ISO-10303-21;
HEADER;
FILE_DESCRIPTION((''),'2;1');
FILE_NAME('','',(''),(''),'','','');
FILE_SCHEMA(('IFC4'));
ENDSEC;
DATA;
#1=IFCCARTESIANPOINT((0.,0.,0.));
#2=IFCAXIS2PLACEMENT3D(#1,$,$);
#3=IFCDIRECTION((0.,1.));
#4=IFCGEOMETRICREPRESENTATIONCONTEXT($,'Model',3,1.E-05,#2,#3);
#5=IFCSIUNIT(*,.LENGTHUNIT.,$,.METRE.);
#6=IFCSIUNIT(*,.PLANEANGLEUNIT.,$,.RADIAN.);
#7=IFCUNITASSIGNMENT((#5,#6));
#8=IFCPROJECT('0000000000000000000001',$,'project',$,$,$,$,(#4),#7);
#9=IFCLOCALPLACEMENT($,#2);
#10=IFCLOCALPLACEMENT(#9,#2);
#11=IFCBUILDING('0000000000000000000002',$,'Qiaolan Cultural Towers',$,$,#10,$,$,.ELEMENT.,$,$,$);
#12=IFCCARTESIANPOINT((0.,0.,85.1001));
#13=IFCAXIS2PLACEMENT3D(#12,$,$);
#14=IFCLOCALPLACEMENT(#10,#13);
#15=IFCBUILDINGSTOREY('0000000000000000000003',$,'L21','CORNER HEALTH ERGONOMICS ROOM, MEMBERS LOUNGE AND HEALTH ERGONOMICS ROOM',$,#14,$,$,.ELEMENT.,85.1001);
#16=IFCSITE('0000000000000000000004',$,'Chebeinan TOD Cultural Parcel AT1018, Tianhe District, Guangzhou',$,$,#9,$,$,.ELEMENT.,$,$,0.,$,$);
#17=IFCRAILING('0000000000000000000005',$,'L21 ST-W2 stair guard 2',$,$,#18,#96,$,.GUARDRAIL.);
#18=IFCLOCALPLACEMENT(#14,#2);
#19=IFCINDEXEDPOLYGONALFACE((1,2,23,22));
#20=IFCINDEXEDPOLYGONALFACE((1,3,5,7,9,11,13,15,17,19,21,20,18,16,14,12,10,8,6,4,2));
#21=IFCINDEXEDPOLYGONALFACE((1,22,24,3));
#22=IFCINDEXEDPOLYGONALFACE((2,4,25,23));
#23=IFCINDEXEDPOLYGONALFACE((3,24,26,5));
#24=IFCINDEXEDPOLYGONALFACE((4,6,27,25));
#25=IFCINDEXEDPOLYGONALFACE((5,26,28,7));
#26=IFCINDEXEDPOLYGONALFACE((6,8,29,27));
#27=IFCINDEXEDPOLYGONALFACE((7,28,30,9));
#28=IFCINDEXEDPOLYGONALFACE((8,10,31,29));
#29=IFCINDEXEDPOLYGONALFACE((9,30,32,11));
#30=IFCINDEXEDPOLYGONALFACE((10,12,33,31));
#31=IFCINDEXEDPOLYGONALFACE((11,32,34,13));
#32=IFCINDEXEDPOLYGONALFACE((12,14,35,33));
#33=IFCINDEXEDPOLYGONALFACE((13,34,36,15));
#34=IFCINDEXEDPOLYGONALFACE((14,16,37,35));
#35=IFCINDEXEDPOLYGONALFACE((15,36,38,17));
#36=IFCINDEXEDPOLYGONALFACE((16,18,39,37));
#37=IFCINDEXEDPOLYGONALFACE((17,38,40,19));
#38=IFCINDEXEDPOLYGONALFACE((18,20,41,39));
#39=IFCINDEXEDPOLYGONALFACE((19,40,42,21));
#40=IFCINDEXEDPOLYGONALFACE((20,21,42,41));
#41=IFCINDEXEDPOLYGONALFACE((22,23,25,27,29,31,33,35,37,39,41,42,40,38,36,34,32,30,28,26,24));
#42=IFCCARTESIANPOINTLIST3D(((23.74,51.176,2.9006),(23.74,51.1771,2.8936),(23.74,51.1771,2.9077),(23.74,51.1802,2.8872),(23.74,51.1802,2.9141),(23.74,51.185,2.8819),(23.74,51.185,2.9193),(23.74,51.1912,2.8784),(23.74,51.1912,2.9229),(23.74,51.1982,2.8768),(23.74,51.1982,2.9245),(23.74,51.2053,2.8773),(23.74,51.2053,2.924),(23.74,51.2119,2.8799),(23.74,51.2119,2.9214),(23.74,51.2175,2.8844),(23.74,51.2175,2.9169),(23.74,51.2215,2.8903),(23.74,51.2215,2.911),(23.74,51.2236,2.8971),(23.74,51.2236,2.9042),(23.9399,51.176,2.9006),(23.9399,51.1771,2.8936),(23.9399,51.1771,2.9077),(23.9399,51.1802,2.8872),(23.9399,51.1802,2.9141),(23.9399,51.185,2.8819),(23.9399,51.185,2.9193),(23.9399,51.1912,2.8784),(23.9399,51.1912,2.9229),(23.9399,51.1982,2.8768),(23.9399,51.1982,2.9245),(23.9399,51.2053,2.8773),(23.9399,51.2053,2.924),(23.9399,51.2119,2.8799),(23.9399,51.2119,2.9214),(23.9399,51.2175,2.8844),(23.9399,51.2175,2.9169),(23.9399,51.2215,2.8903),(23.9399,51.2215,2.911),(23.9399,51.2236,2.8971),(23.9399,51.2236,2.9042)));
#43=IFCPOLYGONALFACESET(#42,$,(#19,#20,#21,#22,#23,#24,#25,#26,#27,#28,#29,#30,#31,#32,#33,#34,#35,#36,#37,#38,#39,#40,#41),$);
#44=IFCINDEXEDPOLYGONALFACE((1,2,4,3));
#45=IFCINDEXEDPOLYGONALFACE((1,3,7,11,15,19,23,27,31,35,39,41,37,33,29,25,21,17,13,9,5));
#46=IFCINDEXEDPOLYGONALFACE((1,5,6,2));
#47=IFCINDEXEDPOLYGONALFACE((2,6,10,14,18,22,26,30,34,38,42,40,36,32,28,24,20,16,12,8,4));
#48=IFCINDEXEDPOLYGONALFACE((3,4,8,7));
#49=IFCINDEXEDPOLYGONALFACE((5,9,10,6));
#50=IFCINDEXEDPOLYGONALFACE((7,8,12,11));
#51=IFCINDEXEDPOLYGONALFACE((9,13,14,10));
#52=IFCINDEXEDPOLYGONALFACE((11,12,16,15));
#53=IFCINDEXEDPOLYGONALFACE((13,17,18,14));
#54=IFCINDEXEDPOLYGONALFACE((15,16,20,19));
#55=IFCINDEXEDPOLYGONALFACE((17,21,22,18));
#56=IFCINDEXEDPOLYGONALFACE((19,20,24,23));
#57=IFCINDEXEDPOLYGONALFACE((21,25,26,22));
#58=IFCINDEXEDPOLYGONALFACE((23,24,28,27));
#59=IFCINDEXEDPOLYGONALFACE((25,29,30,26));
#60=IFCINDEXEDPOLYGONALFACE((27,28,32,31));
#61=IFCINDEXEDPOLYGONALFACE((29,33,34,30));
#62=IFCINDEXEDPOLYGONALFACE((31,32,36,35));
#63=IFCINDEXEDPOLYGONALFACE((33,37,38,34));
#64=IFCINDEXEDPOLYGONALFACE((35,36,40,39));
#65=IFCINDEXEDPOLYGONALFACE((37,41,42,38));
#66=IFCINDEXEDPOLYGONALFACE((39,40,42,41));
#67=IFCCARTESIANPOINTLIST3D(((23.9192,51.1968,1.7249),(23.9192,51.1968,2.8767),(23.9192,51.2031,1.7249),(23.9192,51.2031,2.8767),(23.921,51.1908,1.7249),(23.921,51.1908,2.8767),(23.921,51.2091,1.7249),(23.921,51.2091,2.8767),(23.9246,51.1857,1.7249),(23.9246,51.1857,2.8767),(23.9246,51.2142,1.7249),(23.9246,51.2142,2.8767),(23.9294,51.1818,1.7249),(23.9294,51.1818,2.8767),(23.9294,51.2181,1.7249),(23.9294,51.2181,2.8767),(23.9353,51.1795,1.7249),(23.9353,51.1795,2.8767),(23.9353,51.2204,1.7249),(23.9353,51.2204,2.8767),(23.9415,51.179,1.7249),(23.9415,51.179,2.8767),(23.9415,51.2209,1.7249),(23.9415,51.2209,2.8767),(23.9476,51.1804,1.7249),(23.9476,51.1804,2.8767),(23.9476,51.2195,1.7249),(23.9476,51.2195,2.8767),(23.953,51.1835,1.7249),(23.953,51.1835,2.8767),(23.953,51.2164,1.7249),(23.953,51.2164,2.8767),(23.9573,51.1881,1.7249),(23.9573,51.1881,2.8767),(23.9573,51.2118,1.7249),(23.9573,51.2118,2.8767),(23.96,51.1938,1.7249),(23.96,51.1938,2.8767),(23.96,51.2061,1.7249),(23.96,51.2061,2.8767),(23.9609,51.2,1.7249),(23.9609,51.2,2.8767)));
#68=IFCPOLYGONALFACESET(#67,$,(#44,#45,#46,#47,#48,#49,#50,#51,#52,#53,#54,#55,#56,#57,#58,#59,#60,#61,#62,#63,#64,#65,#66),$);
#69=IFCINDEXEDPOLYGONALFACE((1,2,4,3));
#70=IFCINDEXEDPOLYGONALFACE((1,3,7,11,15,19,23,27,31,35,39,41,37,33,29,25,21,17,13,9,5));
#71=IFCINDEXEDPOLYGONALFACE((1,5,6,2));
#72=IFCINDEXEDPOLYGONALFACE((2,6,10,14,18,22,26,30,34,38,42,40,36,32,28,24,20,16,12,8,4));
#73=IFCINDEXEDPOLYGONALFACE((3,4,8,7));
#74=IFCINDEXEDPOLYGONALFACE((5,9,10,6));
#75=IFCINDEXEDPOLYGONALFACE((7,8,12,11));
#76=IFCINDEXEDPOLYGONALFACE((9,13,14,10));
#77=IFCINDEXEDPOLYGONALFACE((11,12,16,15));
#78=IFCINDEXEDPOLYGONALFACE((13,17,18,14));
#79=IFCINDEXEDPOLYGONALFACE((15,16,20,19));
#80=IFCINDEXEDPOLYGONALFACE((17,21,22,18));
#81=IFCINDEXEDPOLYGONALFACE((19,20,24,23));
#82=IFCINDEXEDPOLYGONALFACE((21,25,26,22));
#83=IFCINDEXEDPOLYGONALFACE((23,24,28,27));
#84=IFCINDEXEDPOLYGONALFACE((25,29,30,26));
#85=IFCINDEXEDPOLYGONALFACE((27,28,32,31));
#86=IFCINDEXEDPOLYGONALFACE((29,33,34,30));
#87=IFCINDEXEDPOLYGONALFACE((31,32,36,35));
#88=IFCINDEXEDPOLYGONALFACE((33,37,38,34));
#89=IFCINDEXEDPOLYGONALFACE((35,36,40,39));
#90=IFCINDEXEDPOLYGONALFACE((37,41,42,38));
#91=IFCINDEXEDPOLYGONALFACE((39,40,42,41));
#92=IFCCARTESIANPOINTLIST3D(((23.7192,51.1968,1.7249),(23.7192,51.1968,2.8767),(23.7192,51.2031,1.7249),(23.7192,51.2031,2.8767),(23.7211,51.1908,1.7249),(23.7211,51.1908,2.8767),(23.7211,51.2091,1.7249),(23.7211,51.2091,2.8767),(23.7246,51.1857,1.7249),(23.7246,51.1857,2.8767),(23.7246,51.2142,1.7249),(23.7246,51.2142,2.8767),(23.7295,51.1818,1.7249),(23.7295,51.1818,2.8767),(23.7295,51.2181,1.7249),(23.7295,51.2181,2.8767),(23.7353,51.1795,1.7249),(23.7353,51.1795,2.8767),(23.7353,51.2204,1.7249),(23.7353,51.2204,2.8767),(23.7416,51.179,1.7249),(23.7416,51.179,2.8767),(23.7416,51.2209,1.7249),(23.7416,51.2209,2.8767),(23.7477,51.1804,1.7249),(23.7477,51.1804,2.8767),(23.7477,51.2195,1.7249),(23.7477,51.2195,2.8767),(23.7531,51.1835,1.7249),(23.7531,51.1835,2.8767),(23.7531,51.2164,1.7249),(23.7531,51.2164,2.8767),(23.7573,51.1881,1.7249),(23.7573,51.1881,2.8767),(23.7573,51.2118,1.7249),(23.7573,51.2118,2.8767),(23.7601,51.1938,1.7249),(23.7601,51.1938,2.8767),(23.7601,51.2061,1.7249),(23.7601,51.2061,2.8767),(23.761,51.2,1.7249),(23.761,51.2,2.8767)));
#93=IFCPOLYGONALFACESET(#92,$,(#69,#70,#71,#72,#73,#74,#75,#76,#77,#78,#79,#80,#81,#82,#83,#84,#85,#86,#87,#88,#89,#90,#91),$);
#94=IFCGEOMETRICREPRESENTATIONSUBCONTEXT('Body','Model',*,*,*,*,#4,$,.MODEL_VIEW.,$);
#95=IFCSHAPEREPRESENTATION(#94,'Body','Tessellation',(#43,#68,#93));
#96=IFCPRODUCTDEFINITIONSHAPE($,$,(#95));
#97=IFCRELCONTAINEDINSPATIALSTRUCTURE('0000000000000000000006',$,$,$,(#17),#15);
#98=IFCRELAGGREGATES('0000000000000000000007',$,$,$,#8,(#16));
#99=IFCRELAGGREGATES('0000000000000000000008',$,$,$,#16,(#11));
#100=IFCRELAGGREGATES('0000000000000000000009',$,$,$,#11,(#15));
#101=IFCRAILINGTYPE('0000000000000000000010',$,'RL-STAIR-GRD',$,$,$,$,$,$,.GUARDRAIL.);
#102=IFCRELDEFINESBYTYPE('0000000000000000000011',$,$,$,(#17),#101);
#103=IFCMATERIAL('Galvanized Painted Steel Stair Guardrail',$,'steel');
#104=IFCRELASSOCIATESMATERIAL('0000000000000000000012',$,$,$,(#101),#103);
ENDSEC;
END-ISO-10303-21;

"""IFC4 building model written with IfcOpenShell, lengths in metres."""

from ifc_helpers import new_model, si_unit, direction, frame, origin, origin_2d, place, context, subcontext, project, spatial, circle, extrude, material, type_object, element, save


model = new_model("IFC4")

# Units and contexts
model_context = context("Model", 3, precision=1e-05, world=origin(), true_north=direction((0.0, 1.0)))
body_context = subcontext(model_context, "Body", "Model", "MODEL_VIEW")
ifc_project = project(units=[si_unit("LENGTHUNIT", "METRE"), si_unit("PLANEANGLEUNIT", "RADIAN")], contexts=[model_context])

# Site, building, storey
site_placement = place(None, origin())
site = spatial("IfcSite", under=ifc_project, at=site_placement, Name="Chebeinan TOD Cultural Parcel AT1018, Tianhe District, Guangzhou", CompositionType="ELEMENT", RefElevation=0.0)
building_placement = place(site_placement, origin())
building = spatial("IfcBuilding", under=site, at=building_placement, Name="Qiaolan Cultural Towers", CompositionType="ELEMENT")
storey_placement = place(building_placement, frame((0.0, 0.0, 85.1001)))
storey = spatial("IfcBuildingStorey", under=building, at=storey_placement, Name="L21", Description="CORNER HEALTH ERGONOMICS ROOM, MEMBERS LOUNGE AND HEALTH ERGONOMICS ROOM", CompositionType="ELEMENT", Elevation=85.1001)

# Railing
ifc_material_1 = material(Name="Galvanized Painted Steel Stair Guardrail", Category="steel")
railing_type_1 = type_object("IfcRailingType", Name="RL-STAIR-GRD", PredefinedType="GUARDRAIL", material=ifc_material_1)
railing_1_placement = place(storey_placement, frame((23.9399, 51.2, 1.7249)))
element("IfcRailing", 1, at=railing_1_placement, inside=storey, type_object=railing_type_1, Name="L21 ST-W2 stair guard 2", PredefinedType="GUARDRAIL", context=body_context, shape_type="SweptSolid", body=[
    extrude(circle(Radius=0.0239, at=origin_2d()), frame((0.0, 0.0, 1.1758), z_axis=(-1.0, 0.0, 0.0), x_axis=(0.0, -1.0, 0.0)), (0.0, 0.0, 1.0), 0.2),
    extrude(circle(Radius=0.021, at=origin_2d()), origin(), (0.0, 0.0, 1.0), 1.1519),
    extrude(circle(Radius=0.021, at=origin_2d()), frame((-0.2, 0.0, 0.0)), (0.0, 0.0, 1.0), 1.1519),
])

save(model, "model.ifc")
